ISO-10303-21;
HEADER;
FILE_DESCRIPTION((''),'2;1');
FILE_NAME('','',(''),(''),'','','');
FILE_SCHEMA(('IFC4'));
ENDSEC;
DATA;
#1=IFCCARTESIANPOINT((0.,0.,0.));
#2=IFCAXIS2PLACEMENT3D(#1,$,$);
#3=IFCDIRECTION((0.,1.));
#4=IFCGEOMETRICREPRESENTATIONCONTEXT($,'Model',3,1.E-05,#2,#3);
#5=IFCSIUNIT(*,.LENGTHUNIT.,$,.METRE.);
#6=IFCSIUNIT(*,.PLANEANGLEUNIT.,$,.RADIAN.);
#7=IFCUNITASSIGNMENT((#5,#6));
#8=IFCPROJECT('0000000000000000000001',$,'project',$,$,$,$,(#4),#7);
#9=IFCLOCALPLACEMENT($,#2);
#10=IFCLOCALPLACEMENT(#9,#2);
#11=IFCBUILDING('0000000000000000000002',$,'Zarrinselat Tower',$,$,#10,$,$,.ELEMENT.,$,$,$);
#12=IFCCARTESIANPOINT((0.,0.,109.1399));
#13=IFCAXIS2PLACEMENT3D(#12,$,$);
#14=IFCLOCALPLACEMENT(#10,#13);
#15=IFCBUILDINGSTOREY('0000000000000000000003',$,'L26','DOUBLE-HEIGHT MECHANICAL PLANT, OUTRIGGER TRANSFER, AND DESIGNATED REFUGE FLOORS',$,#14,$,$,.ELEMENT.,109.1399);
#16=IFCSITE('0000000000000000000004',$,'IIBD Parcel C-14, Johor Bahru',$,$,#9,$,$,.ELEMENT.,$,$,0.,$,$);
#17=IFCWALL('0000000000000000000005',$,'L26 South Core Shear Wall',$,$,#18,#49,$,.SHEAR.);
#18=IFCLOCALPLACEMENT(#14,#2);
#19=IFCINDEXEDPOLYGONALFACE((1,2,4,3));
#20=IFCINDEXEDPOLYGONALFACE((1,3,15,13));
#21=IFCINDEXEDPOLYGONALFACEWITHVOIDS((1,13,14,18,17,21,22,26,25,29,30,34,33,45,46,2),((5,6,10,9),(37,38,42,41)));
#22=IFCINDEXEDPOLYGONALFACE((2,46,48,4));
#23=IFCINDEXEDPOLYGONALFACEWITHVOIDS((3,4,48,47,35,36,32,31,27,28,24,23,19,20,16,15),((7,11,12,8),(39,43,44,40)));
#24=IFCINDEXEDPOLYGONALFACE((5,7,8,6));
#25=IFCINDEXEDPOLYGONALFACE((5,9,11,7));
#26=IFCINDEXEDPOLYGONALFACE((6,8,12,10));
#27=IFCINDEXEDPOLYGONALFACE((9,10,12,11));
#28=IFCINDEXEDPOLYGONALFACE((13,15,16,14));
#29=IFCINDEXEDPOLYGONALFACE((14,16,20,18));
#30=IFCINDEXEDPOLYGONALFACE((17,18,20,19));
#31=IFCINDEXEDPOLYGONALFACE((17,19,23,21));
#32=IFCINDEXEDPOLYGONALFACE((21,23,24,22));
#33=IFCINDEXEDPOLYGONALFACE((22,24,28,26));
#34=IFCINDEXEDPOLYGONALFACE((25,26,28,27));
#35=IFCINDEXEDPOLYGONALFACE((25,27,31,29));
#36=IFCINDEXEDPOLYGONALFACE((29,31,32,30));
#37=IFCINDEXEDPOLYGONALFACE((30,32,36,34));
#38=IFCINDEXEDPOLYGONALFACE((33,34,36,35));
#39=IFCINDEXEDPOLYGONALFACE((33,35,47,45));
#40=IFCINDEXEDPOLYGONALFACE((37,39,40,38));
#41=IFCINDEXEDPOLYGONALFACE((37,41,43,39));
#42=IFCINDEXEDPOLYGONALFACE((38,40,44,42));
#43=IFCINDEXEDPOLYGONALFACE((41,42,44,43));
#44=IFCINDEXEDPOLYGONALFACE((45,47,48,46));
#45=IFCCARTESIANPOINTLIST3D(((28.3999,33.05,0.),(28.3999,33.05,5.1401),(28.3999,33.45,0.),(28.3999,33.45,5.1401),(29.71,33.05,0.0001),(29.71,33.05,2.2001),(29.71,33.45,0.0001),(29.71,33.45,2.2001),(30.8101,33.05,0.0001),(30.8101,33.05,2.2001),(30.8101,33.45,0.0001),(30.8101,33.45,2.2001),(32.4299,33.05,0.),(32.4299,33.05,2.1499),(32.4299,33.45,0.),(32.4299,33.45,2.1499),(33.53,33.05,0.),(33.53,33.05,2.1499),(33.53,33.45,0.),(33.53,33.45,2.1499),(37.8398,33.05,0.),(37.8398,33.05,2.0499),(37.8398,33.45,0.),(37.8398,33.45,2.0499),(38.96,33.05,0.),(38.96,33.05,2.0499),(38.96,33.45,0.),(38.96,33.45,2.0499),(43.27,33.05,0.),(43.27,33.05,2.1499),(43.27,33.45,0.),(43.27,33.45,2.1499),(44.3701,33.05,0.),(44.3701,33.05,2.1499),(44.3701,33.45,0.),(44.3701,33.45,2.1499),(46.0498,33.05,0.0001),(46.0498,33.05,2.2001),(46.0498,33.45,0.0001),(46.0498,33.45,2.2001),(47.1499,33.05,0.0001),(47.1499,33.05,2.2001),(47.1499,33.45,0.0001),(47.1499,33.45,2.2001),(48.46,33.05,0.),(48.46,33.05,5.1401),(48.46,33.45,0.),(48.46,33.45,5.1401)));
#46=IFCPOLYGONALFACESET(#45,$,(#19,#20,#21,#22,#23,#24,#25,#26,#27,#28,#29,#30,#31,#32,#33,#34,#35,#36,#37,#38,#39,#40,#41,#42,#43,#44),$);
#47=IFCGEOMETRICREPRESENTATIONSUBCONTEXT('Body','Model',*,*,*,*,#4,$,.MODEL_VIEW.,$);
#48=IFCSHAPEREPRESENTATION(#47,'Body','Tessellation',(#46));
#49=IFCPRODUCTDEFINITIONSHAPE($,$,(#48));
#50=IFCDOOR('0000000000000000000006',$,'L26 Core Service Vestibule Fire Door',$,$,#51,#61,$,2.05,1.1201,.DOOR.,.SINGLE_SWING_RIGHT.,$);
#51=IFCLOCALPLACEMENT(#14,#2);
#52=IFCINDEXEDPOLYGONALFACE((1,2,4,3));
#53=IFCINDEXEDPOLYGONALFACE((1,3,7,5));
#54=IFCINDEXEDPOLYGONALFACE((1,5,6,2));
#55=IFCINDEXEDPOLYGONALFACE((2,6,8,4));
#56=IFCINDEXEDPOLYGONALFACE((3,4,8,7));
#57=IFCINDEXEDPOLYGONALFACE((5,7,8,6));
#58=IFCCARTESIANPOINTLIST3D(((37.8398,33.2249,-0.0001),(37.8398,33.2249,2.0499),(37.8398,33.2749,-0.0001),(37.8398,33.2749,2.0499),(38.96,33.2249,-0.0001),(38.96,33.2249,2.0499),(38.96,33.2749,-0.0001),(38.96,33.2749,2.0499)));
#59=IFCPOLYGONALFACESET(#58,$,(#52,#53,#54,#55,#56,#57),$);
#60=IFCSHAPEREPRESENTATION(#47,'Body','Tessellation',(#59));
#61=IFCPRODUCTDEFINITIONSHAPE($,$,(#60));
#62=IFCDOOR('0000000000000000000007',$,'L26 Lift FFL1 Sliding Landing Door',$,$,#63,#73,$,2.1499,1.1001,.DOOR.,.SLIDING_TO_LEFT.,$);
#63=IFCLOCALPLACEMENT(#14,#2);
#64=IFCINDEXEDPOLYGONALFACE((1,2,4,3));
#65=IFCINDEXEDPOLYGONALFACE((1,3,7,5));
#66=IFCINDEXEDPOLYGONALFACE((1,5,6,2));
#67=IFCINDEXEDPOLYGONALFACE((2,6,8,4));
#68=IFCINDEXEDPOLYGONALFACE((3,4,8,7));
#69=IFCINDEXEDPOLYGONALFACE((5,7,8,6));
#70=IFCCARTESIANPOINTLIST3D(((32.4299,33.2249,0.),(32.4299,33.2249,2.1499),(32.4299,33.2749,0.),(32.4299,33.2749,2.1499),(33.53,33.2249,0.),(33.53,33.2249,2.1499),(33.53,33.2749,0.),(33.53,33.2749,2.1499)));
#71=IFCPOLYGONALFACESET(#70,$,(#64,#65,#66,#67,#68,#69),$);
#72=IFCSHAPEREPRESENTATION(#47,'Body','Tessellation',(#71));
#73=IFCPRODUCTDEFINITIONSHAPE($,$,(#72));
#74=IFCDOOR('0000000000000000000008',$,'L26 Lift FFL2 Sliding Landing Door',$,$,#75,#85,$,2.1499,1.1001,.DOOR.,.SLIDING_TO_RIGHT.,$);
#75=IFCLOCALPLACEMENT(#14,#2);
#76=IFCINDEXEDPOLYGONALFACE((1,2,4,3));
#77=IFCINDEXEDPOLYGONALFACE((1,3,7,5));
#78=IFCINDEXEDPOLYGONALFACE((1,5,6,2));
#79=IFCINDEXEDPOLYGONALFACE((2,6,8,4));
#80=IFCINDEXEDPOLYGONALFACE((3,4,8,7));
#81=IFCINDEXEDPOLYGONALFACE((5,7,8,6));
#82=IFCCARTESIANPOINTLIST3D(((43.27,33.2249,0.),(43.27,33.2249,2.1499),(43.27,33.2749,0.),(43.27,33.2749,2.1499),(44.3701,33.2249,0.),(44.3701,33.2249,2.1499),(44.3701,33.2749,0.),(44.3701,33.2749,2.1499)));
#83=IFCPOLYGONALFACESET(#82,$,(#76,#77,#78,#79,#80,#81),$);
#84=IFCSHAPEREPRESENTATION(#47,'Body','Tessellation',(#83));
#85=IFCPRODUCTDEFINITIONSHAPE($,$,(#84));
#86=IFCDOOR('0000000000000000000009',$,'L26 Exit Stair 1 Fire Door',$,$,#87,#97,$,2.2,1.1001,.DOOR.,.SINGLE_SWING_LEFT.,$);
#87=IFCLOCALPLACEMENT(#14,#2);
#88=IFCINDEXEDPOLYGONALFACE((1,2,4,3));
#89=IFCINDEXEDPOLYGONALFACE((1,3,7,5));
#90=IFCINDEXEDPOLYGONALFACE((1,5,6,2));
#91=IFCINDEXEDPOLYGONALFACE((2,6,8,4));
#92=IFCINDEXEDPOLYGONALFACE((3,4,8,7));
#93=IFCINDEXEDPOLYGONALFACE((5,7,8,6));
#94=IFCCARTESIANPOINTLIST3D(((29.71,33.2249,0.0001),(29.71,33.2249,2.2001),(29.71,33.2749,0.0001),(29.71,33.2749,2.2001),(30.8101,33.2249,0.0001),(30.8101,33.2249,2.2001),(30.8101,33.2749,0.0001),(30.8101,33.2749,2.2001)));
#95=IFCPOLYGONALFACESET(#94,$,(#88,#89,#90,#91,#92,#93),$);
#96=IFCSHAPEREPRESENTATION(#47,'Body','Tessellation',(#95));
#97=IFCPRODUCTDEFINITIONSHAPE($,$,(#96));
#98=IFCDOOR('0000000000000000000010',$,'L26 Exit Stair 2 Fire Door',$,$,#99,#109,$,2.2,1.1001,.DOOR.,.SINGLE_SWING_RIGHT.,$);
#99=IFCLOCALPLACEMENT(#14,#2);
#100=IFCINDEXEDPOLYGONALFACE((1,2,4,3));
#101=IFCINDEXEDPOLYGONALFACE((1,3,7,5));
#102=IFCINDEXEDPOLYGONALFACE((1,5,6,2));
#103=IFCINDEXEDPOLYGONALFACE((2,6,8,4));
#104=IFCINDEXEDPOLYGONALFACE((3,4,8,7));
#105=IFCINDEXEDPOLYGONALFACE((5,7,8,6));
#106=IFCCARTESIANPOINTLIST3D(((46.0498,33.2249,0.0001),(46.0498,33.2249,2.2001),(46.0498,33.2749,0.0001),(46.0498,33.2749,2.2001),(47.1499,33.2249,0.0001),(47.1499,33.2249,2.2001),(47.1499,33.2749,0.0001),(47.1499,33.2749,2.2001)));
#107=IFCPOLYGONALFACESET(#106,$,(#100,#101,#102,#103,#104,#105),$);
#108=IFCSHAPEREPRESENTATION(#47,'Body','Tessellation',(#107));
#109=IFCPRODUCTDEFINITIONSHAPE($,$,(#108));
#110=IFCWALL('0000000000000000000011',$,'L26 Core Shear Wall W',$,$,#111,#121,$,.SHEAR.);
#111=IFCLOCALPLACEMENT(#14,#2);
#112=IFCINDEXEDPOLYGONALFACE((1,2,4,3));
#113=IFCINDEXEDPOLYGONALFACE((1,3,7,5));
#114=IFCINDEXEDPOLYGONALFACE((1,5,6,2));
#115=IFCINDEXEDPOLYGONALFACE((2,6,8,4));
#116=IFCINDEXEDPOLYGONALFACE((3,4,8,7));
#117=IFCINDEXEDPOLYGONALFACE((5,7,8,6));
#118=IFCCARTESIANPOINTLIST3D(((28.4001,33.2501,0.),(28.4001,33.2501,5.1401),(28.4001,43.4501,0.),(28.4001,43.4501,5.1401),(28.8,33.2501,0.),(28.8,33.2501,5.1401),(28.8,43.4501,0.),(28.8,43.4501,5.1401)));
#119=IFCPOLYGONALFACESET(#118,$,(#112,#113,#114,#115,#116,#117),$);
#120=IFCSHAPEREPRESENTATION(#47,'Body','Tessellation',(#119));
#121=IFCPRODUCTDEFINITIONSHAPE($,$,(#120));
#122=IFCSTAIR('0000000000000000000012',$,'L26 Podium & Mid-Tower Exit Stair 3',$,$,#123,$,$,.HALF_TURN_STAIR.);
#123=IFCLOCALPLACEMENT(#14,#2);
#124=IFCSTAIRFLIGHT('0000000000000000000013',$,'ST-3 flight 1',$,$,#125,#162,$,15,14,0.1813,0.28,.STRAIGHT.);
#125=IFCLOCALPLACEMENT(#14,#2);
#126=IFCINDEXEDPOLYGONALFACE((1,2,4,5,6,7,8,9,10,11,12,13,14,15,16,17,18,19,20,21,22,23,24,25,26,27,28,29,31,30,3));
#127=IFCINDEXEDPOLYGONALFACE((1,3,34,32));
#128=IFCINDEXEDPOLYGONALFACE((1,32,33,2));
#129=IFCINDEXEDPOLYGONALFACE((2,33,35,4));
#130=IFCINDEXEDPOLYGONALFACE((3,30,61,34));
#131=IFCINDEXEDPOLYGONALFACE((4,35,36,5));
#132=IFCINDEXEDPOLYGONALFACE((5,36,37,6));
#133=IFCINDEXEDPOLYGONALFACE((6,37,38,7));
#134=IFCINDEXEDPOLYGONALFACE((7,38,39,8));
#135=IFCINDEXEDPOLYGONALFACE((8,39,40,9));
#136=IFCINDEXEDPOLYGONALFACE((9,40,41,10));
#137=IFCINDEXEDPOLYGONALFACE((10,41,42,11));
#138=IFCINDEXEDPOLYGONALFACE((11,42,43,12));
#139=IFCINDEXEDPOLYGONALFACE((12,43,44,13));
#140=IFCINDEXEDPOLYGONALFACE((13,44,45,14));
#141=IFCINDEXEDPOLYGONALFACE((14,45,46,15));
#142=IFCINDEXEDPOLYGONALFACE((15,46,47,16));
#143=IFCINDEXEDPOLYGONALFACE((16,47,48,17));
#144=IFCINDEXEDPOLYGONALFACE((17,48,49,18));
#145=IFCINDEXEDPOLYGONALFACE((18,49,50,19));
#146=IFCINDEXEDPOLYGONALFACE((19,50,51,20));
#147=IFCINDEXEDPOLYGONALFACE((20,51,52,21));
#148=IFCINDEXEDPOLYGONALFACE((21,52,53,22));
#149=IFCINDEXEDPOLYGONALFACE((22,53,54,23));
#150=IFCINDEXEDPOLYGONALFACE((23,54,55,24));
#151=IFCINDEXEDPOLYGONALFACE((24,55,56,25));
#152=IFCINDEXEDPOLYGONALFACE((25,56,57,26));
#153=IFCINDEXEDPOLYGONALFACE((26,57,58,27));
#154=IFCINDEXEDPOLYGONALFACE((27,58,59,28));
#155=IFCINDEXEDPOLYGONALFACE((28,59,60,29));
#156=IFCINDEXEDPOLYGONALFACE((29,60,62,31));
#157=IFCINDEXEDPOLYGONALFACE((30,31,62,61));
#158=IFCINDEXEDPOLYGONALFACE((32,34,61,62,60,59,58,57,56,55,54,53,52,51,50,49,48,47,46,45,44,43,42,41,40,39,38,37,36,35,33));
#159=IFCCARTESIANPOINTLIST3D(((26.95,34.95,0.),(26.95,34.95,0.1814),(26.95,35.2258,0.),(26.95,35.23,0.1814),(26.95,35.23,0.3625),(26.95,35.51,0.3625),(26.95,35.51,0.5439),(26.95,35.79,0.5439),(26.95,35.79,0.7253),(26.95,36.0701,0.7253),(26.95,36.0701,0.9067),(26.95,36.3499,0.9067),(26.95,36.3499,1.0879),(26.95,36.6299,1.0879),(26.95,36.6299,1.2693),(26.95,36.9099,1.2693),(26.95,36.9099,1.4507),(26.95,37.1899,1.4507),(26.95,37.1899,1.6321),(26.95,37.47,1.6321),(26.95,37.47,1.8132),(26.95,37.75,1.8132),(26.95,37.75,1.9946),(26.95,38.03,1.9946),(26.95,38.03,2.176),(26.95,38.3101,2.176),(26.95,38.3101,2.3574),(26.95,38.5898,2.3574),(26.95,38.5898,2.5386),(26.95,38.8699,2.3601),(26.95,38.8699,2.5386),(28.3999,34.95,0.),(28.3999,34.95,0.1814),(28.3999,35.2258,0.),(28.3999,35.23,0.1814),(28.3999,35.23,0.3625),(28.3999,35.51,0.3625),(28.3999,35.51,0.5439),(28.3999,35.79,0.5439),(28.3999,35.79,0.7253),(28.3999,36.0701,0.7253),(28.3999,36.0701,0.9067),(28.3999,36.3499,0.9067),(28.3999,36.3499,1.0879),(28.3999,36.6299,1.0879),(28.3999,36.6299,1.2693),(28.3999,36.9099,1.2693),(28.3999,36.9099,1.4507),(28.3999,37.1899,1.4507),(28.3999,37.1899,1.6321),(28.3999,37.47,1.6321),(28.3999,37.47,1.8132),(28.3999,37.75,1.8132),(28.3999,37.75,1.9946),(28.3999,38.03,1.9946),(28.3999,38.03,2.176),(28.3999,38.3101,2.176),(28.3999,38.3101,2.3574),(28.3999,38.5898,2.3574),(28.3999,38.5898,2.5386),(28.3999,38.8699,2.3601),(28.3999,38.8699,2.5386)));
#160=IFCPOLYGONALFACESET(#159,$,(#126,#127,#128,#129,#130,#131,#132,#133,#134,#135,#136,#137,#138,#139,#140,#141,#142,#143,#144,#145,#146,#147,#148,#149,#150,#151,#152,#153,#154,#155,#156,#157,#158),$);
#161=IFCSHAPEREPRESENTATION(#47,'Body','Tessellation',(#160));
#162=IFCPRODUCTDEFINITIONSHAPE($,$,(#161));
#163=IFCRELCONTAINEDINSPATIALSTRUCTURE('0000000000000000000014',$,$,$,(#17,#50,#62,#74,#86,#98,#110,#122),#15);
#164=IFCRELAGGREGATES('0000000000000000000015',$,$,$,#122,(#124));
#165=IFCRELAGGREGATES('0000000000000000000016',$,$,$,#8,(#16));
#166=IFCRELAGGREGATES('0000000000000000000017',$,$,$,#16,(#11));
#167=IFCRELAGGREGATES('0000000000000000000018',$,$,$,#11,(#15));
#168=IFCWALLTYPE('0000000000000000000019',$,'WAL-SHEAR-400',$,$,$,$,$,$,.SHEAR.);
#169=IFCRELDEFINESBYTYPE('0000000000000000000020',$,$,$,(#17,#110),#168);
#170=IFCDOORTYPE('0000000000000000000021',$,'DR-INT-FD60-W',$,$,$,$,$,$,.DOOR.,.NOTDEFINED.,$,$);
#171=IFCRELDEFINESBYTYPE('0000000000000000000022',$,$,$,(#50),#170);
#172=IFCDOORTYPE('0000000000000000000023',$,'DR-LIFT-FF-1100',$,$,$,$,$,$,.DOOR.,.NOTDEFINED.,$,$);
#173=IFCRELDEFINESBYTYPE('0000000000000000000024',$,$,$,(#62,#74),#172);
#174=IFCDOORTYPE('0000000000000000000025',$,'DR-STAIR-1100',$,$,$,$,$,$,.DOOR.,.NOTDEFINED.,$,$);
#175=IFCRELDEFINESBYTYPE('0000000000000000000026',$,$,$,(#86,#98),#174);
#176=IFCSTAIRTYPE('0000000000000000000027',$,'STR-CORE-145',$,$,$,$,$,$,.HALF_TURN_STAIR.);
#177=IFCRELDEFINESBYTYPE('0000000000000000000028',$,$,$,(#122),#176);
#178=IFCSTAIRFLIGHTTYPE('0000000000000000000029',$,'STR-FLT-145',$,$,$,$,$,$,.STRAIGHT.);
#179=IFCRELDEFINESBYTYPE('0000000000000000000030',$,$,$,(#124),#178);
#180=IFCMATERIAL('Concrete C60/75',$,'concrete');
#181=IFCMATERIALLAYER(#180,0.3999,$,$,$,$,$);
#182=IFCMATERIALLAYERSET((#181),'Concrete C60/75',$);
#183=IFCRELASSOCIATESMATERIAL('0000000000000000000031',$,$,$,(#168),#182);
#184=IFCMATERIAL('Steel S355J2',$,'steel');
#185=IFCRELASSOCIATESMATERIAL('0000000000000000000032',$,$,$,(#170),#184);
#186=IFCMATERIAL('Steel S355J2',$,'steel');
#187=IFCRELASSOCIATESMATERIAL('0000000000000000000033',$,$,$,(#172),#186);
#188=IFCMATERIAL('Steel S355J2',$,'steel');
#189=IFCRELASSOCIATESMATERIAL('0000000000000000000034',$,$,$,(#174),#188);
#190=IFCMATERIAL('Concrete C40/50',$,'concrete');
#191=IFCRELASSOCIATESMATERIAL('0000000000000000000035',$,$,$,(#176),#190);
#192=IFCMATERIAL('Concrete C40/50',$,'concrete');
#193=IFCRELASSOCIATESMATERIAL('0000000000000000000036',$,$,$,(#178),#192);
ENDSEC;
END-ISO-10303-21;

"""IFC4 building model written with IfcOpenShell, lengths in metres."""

from ifc_helpers import new_model, si_unit, direction, frame, frame_2d, origin, place, context, subcontext, project, spatial, polyline, rectangle, outline, extrude, material, layer, layer_set, type_object, element, fill, aggregate, save


model = new_model("IFC4")

# Units and contexts
model_context = context("Model", 3, precision=1e-05, world=origin(), true_north=direction((0.0, 1.0)))
body_context = subcontext(model_context, "Body", "Model", "MODEL_VIEW")
ifc_project = project(units=[si_unit("LENGTHUNIT", "METRE"), si_unit("PLANEANGLEUNIT", "RADIAN")], contexts=[model_context])

# Site, building, storey
site_placement = place(None, origin())
site = spatial("IfcSite", under=ifc_project, at=site_placement, Name="IIBD Parcel C-14, Johor Bahru", CompositionType="ELEMENT", RefElevation=0.0)
building_placement = place(site_placement, origin())
building = spatial("IfcBuilding", under=site, at=building_placement, Name="Zarrinselat Tower", CompositionType="ELEMENT")
storey_placement = place(building_placement, frame((0.0, 0.0, 109.1399)))
storey = spatial("IfcBuildingStorey", under=building, at=storey_placement, Name="L26", Description="DOUBLE-HEIGHT MECHANICAL PLANT, OUTRIGGER TRANSFER, AND DESIGNATED REFUGE FLOORS", CompositionType="ELEMENT", Elevation=109.1399)

# Wall, openings, doors
ifc_material_1 = material(Name="Concrete C60/75", Category="concrete")
ifc_layer_1 = layer(ifc_material_1, 0.3999)
ifc_layer_set_1 = layer_set([ifc_layer_1], Name="Concrete C60/75")
wall_type_1 = type_object("IfcWallType", Name="WAL-SHEAR-400", PredefinedType="SHEAR", material=ifc_layer_set_1)
wall_1_placement = place(storey_placement, frame((28.3999, 33.25, 0.0), z_axis=(0.0, 0.0, 1.0), x_axis=(1.0, 0.0, 0.0)))
wall_1 = element("IfcWall", 1, at=wall_1_placement, inside=storey, type_object=wall_type_1, Name="L26 South Core Shear Wall", PredefinedType="SHEAR", context=body_context, shape_type="SweptSolid", body=[
    extrude(rectangle(XDim=20.0601, YDim=0.3999, at=frame_2d((10.03, 0.0))), origin(), (0.0, 0.0, 1.0), 5.1401),
])
opening_1_placement = place(wall_1_placement, frame((4.03, 0.0, 0.0)))
opening_1 = element("IfcOpeningElement", 2, at=opening_1_placement, cuts=wall_1, PredefinedType="OPENING", context=body_context, shape_type="SweptSolid", body=[
    extrude(rectangle(XDim=1.1001, YDim=2.1499, at=frame_2d((0.55, 1.075))), frame((0.0, 0.21, 0.0), z_axis=(0.0, -1.0, 0.0), x_axis=(1.0, 0.0, 0.0)), (0.0, 0.0, 1.0), 0.4199),
])
opening_2_placement = place(wall_1_placement, frame((14.8701, 0.0, 0.0)))
opening_2 = element("IfcOpeningElement", 3, at=opening_2_placement, cuts=wall_1, PredefinedType="OPENING", context=body_context, shape_type="SweptSolid", body=[
    extrude(rectangle(XDim=1.1001, YDim=2.1499, at=frame_2d((0.55, 1.075))), frame((0.0, 0.21, 0.0), z_axis=(0.0, -1.0, 0.0), x_axis=(1.0, 0.0, 0.0)), (0.0, 0.0, 1.0), 0.4199),
])
opening_3_placement = place(wall_1_placement, frame((1.3101, 0.0, 0.0)))
opening_3 = element("IfcOpeningElement", 4, at=opening_3_placement, cuts=wall_1, PredefinedType="OPENING", context=body_context, shape_type="SweptSolid", body=[
    extrude(rectangle(XDim=1.1001, YDim=2.2, at=frame_2d((0.55, 1.1001))), frame((0.0, 0.21, 0.0), z_axis=(0.0, -1.0, 0.0), x_axis=(1.0, 0.0, 0.0)), (0.0, 0.0, 1.0), 0.4199),
])
opening_4_placement = place(wall_1_placement, frame((9.4399, 0.0, 0.0)))
opening_4 = element("IfcOpeningElement", 5, at=opening_4_placement, cuts=wall_1, PredefinedType="OPENING", context=body_context, shape_type="SweptSolid", body=[
    extrude(rectangle(XDim=1.1201, YDim=2.05, at=frame_2d((0.5601, 1.0249))), frame((0.0, 0.21, 0.0), z_axis=(0.0, -1.0, 0.0), x_axis=(1.0, 0.0, 0.0)), (0.0, 0.0, 1.0), 0.4199),
])
opening_5_placement = place(wall_1_placement, frame((17.6499, 0.0, 0.0)))
opening_5 = element("IfcOpeningElement", 6, at=opening_5_placement, cuts=wall_1, PredefinedType="OPENING", context=body_context, shape_type="SweptSolid", body=[
    extrude(rectangle(XDim=1.1001, YDim=2.2, at=frame_2d((0.55, 1.1001))), frame((0.0, 0.21, 0.0), z_axis=(0.0, -1.0, 0.0), x_axis=(1.0, 0.0, 0.0)), (0.0, 0.0, 1.0), 0.4199),
])
ifc_material_2 = material(Name="Steel S355J2", Category="steel")
door_type_1 = type_object("IfcDoorType", Name="DR-INT-FD60-W", OperationType="NOTDEFINED", PredefinedType="DOOR", material=ifc_material_2)
door_1_placement = place(opening_4_placement, origin())
door_1 = element("IfcDoor", 7, at=door_1_placement, inside=storey, type_object=door_type_1, Name="L26 Core Service Vestibule Fire Door", OperationType="SINGLE_SWING_RIGHT", OverallHeight=2.05, OverallWidth=1.1201, PredefinedType="DOOR", context=body_context, shape_type="SweptSolid", body=[
    extrude(rectangle(XDim=1.1201, YDim=2.05, at=frame_2d((0.5601, 1.0249))), frame((0.0, 0.0249, 0.0), z_axis=(0.0, -1.0, 0.0), x_axis=(1.0, 0.0, 0.0)), (0.0, 0.0, 1.0), 0.05),
])
fill(opening_4, door_1)
ifc_material_3 = material(Name="Steel S355J2", Category="steel")
door_type_2 = type_object("IfcDoorType", Name="DR-LIFT-FF-1100", OperationType="NOTDEFINED", PredefinedType="DOOR", material=ifc_material_3)
door_2_placement = place(opening_1_placement, origin())
door_2 = element("IfcDoor", 8, at=door_2_placement, inside=storey, type_object=door_type_2, Name="L26 Lift FFL1 Sliding Landing Door", OperationType="SLIDING_TO_LEFT", OverallHeight=2.1499, OverallWidth=1.1001, PredefinedType="DOOR", context=body_context, shape_type="SweptSolid", body=[
    extrude(rectangle(XDim=1.1001, YDim=2.1499, at=frame_2d((0.55, 1.075))), frame((0.0, 0.0249, 0.0), z_axis=(0.0, -1.0, 0.0), x_axis=(1.0, 0.0, 0.0)), (0.0, 0.0, 1.0), 0.05),
])
fill(opening_1, door_2)
door_3_placement = place(opening_2_placement, origin())
door_3 = element("IfcDoor", 9, at=door_3_placement, inside=storey, type_object=door_type_2, Name="L26 Lift FFL2 Sliding Landing Door", OperationType="SLIDING_TO_RIGHT", OverallHeight=2.1499, OverallWidth=1.1001, PredefinedType="DOOR", context=body_context, shape_type="SweptSolid", body=[
    extrude(rectangle(XDim=1.1001, YDim=2.1499, at=frame_2d((0.55, 1.075))), frame((0.0, 0.0249, 0.0), z_axis=(0.0, -1.0, 0.0), x_axis=(1.0, 0.0, 0.0)), (0.0, 0.0, 1.0), 0.05),
])
fill(opening_2, door_3)
ifc_material_4 = material(Name="Steel S355J2", Category="steel")
door_type_3 = type_object("IfcDoorType", Name="DR-STAIR-1100", OperationType="NOTDEFINED", PredefinedType="DOOR", material=ifc_material_4)
door_4_placement = place(opening_3_placement, origin())
door_4 = element("IfcDoor", 10, at=door_4_placement, inside=storey, type_object=door_type_3, Name="L26 Exit Stair 1 Fire Door", OperationType="SINGLE_SWING_LEFT", OverallHeight=2.2, OverallWidth=1.1001, PredefinedType="DOOR", context=body_context, shape_type="SweptSolid", body=[
    extrude(rectangle(XDim=1.1001, YDim=2.2, at=frame_2d((0.55, 1.1001))), frame((0.0, 0.0249, 0.0), z_axis=(0.0, -1.0, 0.0), x_axis=(1.0, 0.0, 0.0)), (0.0, 0.0, 1.0), 0.05),
])
fill(opening_3, door_4)
door_5_placement = place(opening_5_placement, origin())
door_5 = element("IfcDoor", 11, at=door_5_placement, inside=storey, type_object=door_type_3, Name="L26 Exit Stair 2 Fire Door", OperationType="SINGLE_SWING_RIGHT", OverallHeight=2.2, OverallWidth=1.1001, PredefinedType="DOOR", context=body_context, shape_type="SweptSolid", body=[
    extrude(rectangle(XDim=1.1001, YDim=2.2, at=frame_2d((0.55, 1.1001))), frame((0.0, 0.0249, 0.0), z_axis=(0.0, -1.0, 0.0), x_axis=(1.0, 0.0, 0.0)), (0.0, 0.0, 1.0), 0.05),
])
fill(opening_5, door_5)

# Wall
wall_2_placement = place(storey_placement, frame((28.6001, 33.25, 0.0), z_axis=(0.0, 0.0, 1.0), x_axis=(0.0, 1.0, 0.0)))
element("IfcWall", 12, at=wall_2_placement, inside=storey, type_object=wall_type_1, Name="L26 Core Shear Wall W", PredefinedType="SHEAR", context=body_context, shape_type="SweptSolid", body=[
    extrude(rectangle(XDim=10.2, YDim=0.3999, at=frame_2d((5.1001, 0.0))), origin(), (0.0, 0.0, 1.0), 5.1401),
])

# Stair, stair flight
ifc_material_5 = material(Name="Concrete C40/50", Category="concrete")
stair_type_1 = type_object("IfcStairType", Name="STR-CORE-145", PredefinedType="HALF_TURN_STAIR", material=ifc_material_5)
stair_1_placement = place(storey_placement, origin())
stair_1 = element("IfcStair", 13, at=stair_1_placement, inside=storey, type_object=stair_type_1, Name="L26 Podium & Mid-Tower Exit Stair 3", PredefinedType="HALF_TURN_STAIR")
ifc_material_6 = material(Name="Concrete C40/50", Category="concrete")
stair_flight_type_1 = type_object("IfcStairFlightType", Name="STR-FLT-145", PredefinedType="STRAIGHT", material=ifc_material_6)
stair_flight_1_placement = place(storey_placement, frame((27.675, 34.95, 0.0), z_axis=(0.0, 0.0, 1.0), x_axis=(0.0, 1.0, 0.0)))
stair_flight_1 = element("IfcStairFlight", 14, at=stair_flight_1_placement, type_object=stair_flight_type_1, Name="ST-3 flight 1", NumberOfRisers=15, NumberOfTreads=14, PredefinedType="STRAIGHT", RiserHeight=0.1813, TreadLength=0.28, context=body_context, shape_type="SweptSolid", body=[
    extrude(outline(polyline([(0.0, 0.0), (0.0, 0.1814), (0.28, 0.1814), (0.28, 0.3625), (0.5601, 0.3625), (0.5601, 0.5439), (0.8401, 0.5439), (0.8401, 0.7253), (1.1201, 0.7253), (1.1201, 0.9067), (1.3999, 0.9067), (1.3999, 1.0879), (1.6799, 1.0879), (1.6799, 1.2693), (1.96, 1.2693), (1.96, 1.4507), (2.24, 1.4507), (2.24, 1.6321), (2.52, 1.6321), (2.52, 1.8132), (2.8, 1.8132), (2.8, 1.9946), (3.0801, 1.9946), (3.0801, 2.176), (3.3601, 2.176), (3.3601, 2.3574), (3.6399, 2.3574), (3.6399, 2.5386), (3.9199, 2.5386), (3.9199, 2.72), (3.9199, 2.3601), (0.2759, 0.0), (0.0, 0.0)])), frame((0.0, 0.7251, 0.0), z_axis=(0.0, -1.0, 0.0), x_axis=(1.0, 0.0, 0.0)), (0.0, 0.0, 1.0), 1.45),
])
aggregate(stair_1, [stair_flight_1])

save(model, "model.ifc")
